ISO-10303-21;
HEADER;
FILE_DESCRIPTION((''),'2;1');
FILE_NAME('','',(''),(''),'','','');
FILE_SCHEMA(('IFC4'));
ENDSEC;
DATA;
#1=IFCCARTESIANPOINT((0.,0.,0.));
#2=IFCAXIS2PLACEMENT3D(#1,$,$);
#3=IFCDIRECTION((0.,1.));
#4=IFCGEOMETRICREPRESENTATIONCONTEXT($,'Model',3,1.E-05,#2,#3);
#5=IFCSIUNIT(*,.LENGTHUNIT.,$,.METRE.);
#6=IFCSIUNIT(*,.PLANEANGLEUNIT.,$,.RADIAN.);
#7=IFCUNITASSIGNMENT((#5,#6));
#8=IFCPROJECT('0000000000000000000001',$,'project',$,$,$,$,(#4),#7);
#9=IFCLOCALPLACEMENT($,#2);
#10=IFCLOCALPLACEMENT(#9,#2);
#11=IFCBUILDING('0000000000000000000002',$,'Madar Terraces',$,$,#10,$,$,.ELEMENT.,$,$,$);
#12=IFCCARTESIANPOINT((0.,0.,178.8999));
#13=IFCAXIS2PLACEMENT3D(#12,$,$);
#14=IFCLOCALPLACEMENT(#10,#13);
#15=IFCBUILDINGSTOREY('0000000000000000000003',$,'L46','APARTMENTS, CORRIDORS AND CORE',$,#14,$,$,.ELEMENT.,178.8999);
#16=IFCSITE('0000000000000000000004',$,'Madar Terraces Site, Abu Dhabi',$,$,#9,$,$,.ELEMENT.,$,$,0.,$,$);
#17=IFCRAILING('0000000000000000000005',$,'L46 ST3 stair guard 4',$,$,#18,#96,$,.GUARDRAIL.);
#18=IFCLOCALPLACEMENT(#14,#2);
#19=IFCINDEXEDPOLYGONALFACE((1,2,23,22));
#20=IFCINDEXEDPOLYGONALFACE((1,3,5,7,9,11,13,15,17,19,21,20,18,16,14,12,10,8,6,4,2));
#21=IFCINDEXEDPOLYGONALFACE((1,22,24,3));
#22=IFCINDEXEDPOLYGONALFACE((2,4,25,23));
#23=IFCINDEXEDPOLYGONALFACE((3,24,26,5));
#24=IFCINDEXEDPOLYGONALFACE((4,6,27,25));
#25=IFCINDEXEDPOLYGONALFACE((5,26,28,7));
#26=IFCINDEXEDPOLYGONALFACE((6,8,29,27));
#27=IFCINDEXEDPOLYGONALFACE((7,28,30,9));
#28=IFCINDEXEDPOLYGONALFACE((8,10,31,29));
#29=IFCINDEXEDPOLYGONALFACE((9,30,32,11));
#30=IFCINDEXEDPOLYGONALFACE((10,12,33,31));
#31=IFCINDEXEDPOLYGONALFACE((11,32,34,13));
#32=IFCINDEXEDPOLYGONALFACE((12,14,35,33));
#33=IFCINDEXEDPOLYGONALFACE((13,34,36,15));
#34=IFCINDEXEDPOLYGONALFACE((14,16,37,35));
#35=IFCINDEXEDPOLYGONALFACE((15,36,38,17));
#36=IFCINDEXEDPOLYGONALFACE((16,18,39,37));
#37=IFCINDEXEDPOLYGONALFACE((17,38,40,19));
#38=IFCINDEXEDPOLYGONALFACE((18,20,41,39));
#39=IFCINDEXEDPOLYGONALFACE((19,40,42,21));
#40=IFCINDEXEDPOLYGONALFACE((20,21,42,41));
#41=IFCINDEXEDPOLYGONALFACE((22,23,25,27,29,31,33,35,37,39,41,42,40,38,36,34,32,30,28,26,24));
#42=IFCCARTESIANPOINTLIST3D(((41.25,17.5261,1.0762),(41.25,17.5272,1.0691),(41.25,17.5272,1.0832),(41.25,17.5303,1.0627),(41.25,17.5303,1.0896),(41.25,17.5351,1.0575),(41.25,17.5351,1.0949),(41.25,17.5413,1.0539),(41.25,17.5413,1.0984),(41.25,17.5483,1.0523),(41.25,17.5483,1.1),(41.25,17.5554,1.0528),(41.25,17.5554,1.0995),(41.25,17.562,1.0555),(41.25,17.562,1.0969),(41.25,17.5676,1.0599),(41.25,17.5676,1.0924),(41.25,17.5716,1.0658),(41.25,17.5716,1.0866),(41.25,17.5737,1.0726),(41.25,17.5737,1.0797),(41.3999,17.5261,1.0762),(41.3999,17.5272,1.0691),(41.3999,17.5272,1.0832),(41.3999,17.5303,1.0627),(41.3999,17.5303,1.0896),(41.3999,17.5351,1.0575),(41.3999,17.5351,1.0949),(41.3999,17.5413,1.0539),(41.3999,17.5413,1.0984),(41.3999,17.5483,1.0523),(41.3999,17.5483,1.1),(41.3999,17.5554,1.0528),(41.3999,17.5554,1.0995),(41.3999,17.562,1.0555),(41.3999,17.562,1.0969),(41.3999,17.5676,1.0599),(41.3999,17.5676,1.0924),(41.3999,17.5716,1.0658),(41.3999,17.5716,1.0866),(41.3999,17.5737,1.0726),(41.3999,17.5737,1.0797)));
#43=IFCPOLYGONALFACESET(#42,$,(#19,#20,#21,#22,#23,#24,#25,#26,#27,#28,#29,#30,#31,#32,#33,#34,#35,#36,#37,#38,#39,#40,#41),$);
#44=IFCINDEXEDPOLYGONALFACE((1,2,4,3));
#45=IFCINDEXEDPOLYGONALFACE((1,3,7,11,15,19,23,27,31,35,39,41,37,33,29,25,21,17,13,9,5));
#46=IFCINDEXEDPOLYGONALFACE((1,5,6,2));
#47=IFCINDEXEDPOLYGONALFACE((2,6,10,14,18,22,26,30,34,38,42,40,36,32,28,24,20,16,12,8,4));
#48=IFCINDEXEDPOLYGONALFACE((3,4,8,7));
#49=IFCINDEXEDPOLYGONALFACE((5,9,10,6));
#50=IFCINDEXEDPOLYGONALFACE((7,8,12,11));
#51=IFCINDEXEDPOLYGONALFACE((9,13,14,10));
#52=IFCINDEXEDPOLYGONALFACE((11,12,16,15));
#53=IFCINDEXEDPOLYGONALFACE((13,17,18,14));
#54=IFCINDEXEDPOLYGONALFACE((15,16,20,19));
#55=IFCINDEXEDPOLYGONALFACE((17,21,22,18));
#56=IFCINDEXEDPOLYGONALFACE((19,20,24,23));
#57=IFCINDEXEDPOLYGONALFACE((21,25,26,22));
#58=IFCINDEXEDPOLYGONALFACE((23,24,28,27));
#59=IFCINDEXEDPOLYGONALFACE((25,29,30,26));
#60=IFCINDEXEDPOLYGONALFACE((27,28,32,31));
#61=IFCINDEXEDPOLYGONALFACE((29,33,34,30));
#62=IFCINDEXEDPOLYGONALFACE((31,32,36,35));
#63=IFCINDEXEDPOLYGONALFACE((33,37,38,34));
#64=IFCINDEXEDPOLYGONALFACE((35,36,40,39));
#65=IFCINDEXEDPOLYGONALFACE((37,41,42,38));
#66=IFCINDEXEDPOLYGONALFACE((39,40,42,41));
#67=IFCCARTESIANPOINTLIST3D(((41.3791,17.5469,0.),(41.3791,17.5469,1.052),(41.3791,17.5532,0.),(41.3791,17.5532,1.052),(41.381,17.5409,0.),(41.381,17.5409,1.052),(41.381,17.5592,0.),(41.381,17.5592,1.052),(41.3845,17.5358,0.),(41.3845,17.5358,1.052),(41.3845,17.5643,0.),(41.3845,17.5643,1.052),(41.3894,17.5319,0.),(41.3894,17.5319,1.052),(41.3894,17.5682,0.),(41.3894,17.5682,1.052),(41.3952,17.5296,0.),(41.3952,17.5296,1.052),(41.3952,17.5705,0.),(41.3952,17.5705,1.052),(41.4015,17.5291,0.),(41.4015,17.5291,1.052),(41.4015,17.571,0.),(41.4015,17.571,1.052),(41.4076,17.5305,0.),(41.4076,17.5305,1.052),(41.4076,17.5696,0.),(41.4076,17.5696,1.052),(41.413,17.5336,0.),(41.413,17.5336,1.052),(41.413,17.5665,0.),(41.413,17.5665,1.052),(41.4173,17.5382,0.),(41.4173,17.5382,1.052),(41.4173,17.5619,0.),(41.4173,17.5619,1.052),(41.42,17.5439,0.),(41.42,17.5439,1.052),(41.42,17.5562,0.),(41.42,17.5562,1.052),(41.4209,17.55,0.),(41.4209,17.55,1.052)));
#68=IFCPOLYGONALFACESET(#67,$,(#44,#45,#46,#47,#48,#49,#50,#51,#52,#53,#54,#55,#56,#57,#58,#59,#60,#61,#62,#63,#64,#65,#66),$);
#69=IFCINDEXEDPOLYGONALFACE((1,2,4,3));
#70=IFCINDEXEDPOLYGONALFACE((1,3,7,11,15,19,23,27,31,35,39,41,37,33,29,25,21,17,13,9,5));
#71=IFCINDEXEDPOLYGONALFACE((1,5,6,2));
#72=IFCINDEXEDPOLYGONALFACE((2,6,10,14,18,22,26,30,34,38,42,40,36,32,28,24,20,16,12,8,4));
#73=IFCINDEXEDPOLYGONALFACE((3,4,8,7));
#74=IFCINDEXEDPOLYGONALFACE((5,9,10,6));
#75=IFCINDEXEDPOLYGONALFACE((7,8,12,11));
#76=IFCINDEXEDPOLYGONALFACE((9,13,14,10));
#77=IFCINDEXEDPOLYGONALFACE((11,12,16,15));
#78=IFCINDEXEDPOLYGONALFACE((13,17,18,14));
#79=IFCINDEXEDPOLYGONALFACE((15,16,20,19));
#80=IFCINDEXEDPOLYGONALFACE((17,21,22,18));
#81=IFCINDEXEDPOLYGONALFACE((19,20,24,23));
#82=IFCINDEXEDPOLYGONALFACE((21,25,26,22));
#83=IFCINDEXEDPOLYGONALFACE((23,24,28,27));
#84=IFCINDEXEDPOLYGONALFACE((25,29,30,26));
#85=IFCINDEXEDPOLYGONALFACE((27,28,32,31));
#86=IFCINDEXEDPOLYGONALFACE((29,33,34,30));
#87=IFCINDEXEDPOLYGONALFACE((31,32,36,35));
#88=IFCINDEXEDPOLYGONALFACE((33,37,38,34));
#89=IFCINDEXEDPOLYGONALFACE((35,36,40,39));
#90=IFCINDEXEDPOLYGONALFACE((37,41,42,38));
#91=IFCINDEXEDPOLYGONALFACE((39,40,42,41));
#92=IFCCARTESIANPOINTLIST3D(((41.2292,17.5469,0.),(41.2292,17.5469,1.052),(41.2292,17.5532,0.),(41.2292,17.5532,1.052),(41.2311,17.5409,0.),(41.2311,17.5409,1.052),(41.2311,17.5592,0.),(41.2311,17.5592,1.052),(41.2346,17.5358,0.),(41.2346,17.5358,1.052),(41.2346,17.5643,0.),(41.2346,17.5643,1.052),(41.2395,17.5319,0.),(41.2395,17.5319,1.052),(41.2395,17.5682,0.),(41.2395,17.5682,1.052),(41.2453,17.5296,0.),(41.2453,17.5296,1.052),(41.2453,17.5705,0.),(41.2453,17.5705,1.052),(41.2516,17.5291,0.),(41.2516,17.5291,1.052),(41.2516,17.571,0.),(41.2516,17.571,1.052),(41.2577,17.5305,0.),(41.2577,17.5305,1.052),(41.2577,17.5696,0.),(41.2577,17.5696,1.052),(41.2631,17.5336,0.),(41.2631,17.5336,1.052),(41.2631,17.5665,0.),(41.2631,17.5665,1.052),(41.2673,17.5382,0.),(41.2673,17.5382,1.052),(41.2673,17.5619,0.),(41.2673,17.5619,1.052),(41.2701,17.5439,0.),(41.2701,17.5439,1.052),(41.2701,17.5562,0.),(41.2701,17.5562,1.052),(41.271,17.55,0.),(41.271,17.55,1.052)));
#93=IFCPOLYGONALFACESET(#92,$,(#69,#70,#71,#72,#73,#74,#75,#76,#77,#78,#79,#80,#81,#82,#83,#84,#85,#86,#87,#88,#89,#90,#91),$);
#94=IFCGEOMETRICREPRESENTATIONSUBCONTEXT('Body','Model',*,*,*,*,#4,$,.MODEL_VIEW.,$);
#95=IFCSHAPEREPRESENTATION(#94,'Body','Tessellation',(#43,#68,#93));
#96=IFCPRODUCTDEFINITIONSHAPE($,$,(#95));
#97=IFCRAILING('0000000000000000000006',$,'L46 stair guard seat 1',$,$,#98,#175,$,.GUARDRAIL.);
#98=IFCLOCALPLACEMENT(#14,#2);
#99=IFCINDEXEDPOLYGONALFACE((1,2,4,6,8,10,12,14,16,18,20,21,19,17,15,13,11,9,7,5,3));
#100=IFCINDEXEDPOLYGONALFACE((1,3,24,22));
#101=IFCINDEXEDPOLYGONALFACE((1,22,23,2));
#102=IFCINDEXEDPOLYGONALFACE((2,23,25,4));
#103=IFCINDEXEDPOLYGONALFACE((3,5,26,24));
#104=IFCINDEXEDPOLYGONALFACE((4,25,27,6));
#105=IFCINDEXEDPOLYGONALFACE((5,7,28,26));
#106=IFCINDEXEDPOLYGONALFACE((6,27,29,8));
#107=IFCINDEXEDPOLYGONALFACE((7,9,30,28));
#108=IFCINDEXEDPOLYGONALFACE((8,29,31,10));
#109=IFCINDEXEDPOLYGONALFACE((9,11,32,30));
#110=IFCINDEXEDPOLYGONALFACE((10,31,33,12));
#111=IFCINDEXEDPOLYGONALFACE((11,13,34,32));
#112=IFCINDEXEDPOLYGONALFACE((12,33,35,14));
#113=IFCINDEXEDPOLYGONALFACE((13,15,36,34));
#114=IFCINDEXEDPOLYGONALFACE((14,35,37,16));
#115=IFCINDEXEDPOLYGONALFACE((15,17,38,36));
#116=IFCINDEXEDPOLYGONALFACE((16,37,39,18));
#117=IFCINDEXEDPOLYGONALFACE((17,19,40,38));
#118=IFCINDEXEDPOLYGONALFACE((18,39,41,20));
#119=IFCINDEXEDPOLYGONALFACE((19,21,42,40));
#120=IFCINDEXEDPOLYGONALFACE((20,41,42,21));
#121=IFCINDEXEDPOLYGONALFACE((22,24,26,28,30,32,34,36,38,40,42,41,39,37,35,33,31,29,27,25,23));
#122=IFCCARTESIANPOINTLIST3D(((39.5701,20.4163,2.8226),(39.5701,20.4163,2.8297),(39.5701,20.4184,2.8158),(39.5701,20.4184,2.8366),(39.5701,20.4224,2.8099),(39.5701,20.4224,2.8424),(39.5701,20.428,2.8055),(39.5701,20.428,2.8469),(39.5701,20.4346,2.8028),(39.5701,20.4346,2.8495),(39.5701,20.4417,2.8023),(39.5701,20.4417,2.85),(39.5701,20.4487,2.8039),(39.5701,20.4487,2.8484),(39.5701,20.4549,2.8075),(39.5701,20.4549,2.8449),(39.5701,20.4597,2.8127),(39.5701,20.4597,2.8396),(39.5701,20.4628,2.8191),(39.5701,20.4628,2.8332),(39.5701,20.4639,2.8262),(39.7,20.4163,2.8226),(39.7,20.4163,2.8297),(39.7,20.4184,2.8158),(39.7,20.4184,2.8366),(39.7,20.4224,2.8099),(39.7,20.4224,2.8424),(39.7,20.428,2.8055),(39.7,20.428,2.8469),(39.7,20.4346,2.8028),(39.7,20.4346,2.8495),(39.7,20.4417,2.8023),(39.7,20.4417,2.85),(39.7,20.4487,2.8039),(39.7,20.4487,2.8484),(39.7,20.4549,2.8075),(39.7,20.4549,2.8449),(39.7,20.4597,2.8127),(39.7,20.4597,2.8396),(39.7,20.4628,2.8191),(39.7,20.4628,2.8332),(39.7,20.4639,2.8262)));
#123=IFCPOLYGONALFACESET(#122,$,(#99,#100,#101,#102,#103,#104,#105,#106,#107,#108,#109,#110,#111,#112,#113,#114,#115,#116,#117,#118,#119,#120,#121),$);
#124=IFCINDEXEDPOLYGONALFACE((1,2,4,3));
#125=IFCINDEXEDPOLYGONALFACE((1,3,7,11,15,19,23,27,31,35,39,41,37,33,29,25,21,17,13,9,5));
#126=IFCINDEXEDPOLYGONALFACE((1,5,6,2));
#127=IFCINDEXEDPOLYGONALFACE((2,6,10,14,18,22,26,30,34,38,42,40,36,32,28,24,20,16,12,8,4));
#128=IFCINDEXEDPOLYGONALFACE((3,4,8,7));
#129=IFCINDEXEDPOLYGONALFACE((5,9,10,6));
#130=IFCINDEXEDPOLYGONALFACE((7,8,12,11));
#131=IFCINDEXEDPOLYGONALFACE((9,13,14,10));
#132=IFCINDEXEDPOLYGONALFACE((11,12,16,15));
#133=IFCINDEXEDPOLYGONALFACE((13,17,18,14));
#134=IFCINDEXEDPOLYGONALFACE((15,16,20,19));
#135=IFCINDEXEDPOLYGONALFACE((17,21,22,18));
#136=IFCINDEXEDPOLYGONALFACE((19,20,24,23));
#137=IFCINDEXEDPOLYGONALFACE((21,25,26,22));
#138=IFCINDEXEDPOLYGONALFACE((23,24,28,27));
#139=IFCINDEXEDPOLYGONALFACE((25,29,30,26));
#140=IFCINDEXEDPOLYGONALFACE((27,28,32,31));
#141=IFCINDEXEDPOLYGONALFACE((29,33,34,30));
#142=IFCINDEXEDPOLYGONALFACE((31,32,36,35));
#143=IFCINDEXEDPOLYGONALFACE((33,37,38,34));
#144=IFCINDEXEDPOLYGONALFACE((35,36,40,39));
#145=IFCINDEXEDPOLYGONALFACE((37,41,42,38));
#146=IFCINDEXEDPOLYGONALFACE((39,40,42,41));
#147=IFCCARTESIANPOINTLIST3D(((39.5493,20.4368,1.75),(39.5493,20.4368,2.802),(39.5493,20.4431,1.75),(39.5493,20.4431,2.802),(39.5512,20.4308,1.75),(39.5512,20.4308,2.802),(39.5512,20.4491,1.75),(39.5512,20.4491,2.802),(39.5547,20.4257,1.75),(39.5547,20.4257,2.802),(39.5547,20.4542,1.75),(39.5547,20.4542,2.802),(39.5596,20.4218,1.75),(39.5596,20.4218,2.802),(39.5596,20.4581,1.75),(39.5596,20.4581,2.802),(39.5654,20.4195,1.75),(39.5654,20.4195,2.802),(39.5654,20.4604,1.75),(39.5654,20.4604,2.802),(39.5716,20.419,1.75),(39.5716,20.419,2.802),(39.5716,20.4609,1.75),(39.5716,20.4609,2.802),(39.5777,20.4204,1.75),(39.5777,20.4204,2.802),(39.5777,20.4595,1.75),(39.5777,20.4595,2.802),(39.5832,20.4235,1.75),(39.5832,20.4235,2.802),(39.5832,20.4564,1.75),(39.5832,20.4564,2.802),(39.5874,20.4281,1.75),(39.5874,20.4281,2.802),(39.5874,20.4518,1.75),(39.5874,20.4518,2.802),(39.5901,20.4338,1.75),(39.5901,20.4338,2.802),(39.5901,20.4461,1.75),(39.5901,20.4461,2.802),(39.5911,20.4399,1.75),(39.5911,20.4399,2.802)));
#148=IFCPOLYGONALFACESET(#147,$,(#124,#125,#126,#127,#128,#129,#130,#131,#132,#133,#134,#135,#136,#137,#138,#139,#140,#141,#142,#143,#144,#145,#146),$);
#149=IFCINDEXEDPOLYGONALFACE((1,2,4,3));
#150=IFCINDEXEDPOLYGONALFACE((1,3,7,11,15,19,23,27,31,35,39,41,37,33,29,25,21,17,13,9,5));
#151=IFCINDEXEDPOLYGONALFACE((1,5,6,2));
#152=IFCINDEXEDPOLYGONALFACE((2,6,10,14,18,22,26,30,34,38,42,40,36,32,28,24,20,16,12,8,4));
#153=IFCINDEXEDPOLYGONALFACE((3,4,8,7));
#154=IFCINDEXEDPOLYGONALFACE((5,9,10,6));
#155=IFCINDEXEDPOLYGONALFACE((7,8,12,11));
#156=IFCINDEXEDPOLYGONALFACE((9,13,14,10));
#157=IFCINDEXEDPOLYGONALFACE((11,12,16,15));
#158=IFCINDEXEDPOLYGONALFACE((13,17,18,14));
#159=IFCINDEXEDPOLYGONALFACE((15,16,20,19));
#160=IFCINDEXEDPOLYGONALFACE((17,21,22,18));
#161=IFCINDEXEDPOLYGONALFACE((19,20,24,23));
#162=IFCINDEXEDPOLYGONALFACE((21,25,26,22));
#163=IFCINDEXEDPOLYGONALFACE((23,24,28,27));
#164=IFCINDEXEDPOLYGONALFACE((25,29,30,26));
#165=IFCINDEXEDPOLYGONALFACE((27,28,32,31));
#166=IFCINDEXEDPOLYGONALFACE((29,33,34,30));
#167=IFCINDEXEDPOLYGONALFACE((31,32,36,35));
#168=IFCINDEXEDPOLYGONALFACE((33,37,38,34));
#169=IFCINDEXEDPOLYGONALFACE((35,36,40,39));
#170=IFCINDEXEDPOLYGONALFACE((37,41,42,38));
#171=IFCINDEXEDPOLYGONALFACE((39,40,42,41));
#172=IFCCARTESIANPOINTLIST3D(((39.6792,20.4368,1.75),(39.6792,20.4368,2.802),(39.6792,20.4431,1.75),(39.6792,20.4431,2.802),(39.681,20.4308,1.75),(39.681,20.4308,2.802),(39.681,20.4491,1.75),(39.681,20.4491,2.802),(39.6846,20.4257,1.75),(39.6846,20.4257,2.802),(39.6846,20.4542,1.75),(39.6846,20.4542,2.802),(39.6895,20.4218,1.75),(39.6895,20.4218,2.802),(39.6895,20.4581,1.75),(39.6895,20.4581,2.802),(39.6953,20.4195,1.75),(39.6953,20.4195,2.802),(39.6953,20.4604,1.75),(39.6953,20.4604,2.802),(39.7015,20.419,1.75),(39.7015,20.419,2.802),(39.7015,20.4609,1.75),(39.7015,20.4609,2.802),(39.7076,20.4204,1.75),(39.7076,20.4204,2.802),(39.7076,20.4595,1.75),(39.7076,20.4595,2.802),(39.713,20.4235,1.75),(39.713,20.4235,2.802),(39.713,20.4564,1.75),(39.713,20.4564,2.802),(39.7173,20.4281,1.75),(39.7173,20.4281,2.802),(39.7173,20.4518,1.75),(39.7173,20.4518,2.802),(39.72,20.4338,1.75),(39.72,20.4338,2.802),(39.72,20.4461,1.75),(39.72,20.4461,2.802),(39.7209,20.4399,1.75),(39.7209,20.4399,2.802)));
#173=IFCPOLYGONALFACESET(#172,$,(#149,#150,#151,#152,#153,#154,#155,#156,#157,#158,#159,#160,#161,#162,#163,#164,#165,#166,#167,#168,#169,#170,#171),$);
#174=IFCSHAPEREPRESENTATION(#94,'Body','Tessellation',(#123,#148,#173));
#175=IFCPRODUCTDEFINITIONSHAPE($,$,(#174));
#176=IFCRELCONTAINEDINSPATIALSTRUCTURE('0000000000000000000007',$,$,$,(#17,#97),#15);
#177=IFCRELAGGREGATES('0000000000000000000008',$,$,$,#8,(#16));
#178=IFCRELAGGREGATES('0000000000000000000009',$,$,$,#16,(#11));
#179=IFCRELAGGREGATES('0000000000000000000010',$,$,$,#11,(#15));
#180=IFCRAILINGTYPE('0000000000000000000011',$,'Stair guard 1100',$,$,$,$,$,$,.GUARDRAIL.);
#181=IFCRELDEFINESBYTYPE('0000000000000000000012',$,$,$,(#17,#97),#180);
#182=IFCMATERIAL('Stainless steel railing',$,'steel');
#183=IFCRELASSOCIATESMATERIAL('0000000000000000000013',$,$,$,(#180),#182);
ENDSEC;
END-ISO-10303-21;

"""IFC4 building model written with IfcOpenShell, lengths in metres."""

from ifc_helpers import new_model, si_unit, direction, frame, origin, origin_2d, place, context, subcontext, project, spatial, circle, extrude, material, type_object, element, save


model = new_model("IFC4")

# Units and contexts
model_context = context("Model", 3, precision=1e-05, world=origin(), true_north=direction((0.0, 1.0)))
body_context = subcontext(model_context, "Body", "Model", "MODEL_VIEW")
ifc_project = project(units=[si_unit("LENGTHUNIT", "METRE"), si_unit("PLANEANGLEUNIT", "RADIAN")], contexts=[model_context])

# Site, building, storey
site_placement = place(None, origin())
site = spatial("IfcSite", under=ifc_project, at=site_placement, Name="Madar Terraces Site, Abu Dhabi", CompositionType="ELEMENT", RefElevation=0.0)
building_placement = place(site_placement, origin())
building = spatial("IfcBuilding", under=site, at=building_placement, Name="Madar Terraces", CompositionType="ELEMENT")
storey_placement = place(building_placement, frame((0.0, 0.0, 178.8999)))
storey = spatial("IfcBuildingStorey", under=building, at=storey_placement, Name="L46", Description="APARTMENTS, CORRIDORS AND CORE", CompositionType="ELEMENT", Elevation=178.8999)

# Railings
ifc_material_1 = material(Name="Stainless steel railing", Category="steel")
railing_type_1 = type_object("IfcRailingType", Name="Stair guard 1100", PredefinedType="GUARDRAIL", material=ifc_material_1)
railing_1_placement = place(storey_placement, frame((41.3999, 17.55, 0.0)))
element("IfcRailing", 1, at=railing_1_placement, inside=storey, type_object=railing_type_1, Name="L46 ST3 stair guard 4", PredefinedType="GUARDRAIL", context=body_context, shape_type="SweptSolid", body=[
    extrude(circle(Radius=0.0239, at=origin_2d()), frame((0.0, 0.0, 1.0762), z_axis=(-1.0, 0.0, 0.0), x_axis=(0.0, -1.0, 0.0)), (0.0, 0.0, 1.0), 0.1499),
    extrude(circle(Radius=0.021, at=origin_2d()), origin(), (0.0, 0.0, 1.0), 1.052),
    extrude(circle(Radius=0.021, at=origin_2d()), frame((-0.1499, 0.0, 0.0)), (0.0, 0.0, 1.0), 1.052),
])
railing_2_placement = place(storey_placement, frame((39.5701, 20.4399, 1.75)))
element("IfcRailing", 2, at=railing_2_placement, inside=storey, type_object=railing_type_1, Name="L46 stair guard seat 1", PredefinedType="GUARDRAIL", context=body_context, shape_type="SweptSolid", body=[
    extrude(circle(Radius=0.0239, at=origin_2d()), frame((0.0, 0.0, 1.0762), z_axis=(1.0, 0.0, 0.0), x_axis=(0.0, 1.0, 0.0)), (0.0, 0.0, 1.0), 0.1299),
    extrude(circle(Radius=0.021, at=origin_2d()), origin(), (0.0, 0.0, 1.0), 1.052),
    extrude(circle(Radius=0.021, at=origin_2d()), frame((0.1299, 0.0, 0.0)), (0.0, 0.0, 1.0), 1.052),
])

save(model, "model.ifc")
